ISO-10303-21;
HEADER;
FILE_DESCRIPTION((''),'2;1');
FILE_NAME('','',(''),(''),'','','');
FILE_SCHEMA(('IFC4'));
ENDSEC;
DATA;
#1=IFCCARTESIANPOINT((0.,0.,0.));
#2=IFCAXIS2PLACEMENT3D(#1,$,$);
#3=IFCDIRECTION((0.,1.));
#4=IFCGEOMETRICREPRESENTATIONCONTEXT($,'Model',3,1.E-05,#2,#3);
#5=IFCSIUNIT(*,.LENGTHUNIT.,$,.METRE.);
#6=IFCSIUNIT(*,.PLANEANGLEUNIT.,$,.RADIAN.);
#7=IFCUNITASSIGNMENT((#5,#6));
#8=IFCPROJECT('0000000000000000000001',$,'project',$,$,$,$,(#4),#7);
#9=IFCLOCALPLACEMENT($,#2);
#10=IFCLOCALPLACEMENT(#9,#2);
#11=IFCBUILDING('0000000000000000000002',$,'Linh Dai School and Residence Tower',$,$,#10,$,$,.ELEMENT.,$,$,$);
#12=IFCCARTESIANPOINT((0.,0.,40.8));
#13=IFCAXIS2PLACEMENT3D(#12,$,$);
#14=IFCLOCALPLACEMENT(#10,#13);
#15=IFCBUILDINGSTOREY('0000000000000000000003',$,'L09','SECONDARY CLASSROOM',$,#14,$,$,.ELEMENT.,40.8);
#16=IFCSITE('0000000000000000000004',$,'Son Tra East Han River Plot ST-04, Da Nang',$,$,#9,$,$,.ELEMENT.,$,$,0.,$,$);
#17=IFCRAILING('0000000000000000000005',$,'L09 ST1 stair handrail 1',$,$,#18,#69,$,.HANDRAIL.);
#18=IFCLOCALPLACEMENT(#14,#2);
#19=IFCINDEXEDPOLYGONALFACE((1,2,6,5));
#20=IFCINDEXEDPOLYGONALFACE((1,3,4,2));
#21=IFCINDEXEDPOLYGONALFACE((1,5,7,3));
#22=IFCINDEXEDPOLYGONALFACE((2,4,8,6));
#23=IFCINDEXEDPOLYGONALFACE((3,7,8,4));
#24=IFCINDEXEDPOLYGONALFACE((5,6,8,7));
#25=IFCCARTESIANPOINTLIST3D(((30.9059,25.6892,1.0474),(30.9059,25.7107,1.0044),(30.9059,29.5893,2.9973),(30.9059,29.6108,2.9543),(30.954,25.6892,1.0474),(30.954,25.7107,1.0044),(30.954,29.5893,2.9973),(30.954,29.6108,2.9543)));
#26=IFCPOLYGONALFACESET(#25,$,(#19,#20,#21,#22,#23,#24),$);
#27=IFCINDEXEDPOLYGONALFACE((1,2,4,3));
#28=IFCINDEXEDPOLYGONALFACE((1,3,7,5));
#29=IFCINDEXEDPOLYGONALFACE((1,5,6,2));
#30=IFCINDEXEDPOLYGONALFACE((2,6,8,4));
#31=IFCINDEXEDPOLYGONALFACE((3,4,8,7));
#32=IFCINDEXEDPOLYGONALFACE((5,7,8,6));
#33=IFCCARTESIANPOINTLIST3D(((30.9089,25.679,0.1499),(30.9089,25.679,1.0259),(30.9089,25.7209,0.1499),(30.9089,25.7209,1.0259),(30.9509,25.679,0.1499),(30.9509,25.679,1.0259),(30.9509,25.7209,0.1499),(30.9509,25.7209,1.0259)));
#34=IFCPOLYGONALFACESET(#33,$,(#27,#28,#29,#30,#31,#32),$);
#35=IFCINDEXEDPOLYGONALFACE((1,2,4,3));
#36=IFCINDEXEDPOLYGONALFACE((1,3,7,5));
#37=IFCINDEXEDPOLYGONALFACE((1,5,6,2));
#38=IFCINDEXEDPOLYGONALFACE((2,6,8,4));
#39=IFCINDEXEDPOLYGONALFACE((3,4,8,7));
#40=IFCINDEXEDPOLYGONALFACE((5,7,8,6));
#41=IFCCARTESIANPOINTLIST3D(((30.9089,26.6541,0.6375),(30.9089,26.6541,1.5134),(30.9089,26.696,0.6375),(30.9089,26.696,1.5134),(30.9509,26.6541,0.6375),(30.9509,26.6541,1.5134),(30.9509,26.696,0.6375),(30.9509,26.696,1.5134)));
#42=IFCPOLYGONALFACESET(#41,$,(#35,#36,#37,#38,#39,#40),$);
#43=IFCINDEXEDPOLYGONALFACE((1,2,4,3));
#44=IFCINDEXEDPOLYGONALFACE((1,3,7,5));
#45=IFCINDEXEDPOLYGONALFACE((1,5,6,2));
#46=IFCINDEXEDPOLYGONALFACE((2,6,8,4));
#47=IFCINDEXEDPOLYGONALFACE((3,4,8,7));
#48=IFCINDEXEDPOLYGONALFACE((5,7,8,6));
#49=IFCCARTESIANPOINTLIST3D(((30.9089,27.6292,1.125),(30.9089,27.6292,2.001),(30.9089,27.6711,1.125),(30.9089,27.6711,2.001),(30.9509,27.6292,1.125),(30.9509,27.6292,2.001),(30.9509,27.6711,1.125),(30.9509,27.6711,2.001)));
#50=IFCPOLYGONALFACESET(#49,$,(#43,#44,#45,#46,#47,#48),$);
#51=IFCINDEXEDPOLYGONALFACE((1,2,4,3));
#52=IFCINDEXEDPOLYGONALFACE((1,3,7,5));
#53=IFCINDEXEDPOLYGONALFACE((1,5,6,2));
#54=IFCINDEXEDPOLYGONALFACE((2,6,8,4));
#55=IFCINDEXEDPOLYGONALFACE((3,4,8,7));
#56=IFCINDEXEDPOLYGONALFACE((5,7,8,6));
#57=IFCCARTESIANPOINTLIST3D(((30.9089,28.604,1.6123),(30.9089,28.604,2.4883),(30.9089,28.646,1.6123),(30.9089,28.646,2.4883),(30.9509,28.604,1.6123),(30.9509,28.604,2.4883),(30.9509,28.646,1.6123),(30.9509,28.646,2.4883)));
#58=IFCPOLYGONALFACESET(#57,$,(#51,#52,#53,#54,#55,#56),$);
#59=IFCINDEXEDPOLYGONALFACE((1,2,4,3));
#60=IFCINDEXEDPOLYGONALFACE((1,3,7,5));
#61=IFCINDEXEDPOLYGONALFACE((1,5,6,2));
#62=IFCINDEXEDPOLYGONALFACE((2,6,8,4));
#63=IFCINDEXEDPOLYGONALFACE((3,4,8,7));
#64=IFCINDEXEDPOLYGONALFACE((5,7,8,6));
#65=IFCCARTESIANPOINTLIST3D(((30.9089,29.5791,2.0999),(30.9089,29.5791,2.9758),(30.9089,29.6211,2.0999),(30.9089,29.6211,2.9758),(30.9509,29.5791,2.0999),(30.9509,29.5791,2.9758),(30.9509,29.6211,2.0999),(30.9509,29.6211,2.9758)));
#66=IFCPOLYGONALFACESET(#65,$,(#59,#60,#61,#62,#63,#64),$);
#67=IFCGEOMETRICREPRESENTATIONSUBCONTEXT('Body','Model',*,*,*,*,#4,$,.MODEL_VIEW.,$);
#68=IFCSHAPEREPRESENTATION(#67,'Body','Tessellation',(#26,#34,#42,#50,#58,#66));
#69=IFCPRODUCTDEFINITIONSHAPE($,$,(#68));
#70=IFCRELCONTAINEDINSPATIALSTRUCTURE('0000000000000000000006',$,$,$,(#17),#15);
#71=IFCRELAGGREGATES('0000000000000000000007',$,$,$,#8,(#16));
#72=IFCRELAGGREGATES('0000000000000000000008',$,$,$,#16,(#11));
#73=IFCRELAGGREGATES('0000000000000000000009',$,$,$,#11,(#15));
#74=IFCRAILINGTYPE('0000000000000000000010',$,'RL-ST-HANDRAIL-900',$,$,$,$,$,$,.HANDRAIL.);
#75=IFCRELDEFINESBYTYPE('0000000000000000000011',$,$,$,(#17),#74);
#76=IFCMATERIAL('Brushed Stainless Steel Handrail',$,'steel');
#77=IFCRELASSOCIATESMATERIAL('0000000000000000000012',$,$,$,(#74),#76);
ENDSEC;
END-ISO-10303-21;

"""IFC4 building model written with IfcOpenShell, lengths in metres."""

from ifc_helpers import new_model, si_unit, direction, frame, origin, origin_2d, place, context, subcontext, project, spatial, rectangle, extrude, source, transform, mapped, material, type_object, element, save


model = new_model("IFC4")

# Units and contexts
model_context = context("Model", 3, precision=1e-05, world=origin(), true_north=direction((0.0, 1.0)))
body_context = subcontext(model_context, "Body", "Model", "MODEL_VIEW")
ifc_project = project(units=[si_unit("LENGTHUNIT", "METRE"), si_unit("PLANEANGLEUNIT", "RADIAN")], contexts=[model_context])

# Site, building, storey
site_placement = place(None, origin())
site = spatial("IfcSite", under=ifc_project, at=site_placement, Name="Son Tra East Han River Plot ST-04, Da Nang", CompositionType="ELEMENT", RefElevation=0.0)
building_placement = place(site_placement, origin())
building = spatial("IfcBuilding", under=site, at=building_placement, Name="Linh Dai School and Residence Tower", CompositionType="ELEMENT")
storey_placement = place(building_placement, frame((0.0, 0.0, 40.8)))
storey = spatial("IfcBuildingStorey", under=building, at=storey_placement, Name="L09", Description="SECONDARY CLASSROOM", CompositionType="ELEMENT", Elevation=40.8)

# Railing
ifc_material_1 = material(Name="Brushed Stainless Steel Handrail", Category="steel")
railing_type_1 = type_object("IfcRailingType", Name="RL-ST-HANDRAIL-900", PredefinedType="HANDRAIL", material=ifc_material_1)
shared_shape_1 = source(origin(), body_context, "Body", "SweptSolid", [
    extrude(rectangle(XDim=0.0481, YDim=0.0481, at=origin_2d()), frame((0.0, 0.0, 0.876), z_axis=(0.0, 0.894438, 0.447191), x_axis=(-1.0, 0.0, 0.0)), (0.0, 0.0, 1.0), 4.3604),
    extrude(rectangle(XDim=0.042, YDim=0.042, at=origin_2d()), origin(), (0.0, 0.0, 1.0), 0.876),
    extrude(rectangle(XDim=0.042, YDim=0.042, at=origin_2d()), frame((0.0, 0.9751, 0.4875)), (0.0, 0.0, 1.0), 0.876),
    extrude(rectangle(XDim=0.042, YDim=0.042, at=origin_2d()), frame((0.0, 1.9502, 0.9751)), (0.0, 0.0, 1.0), 0.876),
    extrude(rectangle(XDim=0.042, YDim=0.042, at=origin_2d()), frame((0.0, 2.925, 1.4624)), (0.0, 0.0, 1.0), 0.876),
    extrude(rectangle(XDim=0.042, YDim=0.042, at=origin_2d()), frame((0.0, 3.9001, 1.95)), (0.0, 0.0, 1.0), 0.876),
])
railing_1_placement = place(storey_placement, frame((30.9299, 25.7, 0.1499)))
element("IfcRailing", 1, at=railing_1_placement, inside=storey, type_object=railing_type_1, Name="L09 ST1 stair handrail 1", PredefinedType="HANDRAIL", context=body_context, shape_type="MappedRepresentation", body=[
    mapped(shared_shape_1, transform((0.0, 0.0, 0.0), x_axis=(1.0, 0.0, 0.0), y_axis=(0.0, 1.0, 0.0), z_axis=(0.0, 0.0, 1.0), scale=1.0)),
])

save(model, "model.ifc")
